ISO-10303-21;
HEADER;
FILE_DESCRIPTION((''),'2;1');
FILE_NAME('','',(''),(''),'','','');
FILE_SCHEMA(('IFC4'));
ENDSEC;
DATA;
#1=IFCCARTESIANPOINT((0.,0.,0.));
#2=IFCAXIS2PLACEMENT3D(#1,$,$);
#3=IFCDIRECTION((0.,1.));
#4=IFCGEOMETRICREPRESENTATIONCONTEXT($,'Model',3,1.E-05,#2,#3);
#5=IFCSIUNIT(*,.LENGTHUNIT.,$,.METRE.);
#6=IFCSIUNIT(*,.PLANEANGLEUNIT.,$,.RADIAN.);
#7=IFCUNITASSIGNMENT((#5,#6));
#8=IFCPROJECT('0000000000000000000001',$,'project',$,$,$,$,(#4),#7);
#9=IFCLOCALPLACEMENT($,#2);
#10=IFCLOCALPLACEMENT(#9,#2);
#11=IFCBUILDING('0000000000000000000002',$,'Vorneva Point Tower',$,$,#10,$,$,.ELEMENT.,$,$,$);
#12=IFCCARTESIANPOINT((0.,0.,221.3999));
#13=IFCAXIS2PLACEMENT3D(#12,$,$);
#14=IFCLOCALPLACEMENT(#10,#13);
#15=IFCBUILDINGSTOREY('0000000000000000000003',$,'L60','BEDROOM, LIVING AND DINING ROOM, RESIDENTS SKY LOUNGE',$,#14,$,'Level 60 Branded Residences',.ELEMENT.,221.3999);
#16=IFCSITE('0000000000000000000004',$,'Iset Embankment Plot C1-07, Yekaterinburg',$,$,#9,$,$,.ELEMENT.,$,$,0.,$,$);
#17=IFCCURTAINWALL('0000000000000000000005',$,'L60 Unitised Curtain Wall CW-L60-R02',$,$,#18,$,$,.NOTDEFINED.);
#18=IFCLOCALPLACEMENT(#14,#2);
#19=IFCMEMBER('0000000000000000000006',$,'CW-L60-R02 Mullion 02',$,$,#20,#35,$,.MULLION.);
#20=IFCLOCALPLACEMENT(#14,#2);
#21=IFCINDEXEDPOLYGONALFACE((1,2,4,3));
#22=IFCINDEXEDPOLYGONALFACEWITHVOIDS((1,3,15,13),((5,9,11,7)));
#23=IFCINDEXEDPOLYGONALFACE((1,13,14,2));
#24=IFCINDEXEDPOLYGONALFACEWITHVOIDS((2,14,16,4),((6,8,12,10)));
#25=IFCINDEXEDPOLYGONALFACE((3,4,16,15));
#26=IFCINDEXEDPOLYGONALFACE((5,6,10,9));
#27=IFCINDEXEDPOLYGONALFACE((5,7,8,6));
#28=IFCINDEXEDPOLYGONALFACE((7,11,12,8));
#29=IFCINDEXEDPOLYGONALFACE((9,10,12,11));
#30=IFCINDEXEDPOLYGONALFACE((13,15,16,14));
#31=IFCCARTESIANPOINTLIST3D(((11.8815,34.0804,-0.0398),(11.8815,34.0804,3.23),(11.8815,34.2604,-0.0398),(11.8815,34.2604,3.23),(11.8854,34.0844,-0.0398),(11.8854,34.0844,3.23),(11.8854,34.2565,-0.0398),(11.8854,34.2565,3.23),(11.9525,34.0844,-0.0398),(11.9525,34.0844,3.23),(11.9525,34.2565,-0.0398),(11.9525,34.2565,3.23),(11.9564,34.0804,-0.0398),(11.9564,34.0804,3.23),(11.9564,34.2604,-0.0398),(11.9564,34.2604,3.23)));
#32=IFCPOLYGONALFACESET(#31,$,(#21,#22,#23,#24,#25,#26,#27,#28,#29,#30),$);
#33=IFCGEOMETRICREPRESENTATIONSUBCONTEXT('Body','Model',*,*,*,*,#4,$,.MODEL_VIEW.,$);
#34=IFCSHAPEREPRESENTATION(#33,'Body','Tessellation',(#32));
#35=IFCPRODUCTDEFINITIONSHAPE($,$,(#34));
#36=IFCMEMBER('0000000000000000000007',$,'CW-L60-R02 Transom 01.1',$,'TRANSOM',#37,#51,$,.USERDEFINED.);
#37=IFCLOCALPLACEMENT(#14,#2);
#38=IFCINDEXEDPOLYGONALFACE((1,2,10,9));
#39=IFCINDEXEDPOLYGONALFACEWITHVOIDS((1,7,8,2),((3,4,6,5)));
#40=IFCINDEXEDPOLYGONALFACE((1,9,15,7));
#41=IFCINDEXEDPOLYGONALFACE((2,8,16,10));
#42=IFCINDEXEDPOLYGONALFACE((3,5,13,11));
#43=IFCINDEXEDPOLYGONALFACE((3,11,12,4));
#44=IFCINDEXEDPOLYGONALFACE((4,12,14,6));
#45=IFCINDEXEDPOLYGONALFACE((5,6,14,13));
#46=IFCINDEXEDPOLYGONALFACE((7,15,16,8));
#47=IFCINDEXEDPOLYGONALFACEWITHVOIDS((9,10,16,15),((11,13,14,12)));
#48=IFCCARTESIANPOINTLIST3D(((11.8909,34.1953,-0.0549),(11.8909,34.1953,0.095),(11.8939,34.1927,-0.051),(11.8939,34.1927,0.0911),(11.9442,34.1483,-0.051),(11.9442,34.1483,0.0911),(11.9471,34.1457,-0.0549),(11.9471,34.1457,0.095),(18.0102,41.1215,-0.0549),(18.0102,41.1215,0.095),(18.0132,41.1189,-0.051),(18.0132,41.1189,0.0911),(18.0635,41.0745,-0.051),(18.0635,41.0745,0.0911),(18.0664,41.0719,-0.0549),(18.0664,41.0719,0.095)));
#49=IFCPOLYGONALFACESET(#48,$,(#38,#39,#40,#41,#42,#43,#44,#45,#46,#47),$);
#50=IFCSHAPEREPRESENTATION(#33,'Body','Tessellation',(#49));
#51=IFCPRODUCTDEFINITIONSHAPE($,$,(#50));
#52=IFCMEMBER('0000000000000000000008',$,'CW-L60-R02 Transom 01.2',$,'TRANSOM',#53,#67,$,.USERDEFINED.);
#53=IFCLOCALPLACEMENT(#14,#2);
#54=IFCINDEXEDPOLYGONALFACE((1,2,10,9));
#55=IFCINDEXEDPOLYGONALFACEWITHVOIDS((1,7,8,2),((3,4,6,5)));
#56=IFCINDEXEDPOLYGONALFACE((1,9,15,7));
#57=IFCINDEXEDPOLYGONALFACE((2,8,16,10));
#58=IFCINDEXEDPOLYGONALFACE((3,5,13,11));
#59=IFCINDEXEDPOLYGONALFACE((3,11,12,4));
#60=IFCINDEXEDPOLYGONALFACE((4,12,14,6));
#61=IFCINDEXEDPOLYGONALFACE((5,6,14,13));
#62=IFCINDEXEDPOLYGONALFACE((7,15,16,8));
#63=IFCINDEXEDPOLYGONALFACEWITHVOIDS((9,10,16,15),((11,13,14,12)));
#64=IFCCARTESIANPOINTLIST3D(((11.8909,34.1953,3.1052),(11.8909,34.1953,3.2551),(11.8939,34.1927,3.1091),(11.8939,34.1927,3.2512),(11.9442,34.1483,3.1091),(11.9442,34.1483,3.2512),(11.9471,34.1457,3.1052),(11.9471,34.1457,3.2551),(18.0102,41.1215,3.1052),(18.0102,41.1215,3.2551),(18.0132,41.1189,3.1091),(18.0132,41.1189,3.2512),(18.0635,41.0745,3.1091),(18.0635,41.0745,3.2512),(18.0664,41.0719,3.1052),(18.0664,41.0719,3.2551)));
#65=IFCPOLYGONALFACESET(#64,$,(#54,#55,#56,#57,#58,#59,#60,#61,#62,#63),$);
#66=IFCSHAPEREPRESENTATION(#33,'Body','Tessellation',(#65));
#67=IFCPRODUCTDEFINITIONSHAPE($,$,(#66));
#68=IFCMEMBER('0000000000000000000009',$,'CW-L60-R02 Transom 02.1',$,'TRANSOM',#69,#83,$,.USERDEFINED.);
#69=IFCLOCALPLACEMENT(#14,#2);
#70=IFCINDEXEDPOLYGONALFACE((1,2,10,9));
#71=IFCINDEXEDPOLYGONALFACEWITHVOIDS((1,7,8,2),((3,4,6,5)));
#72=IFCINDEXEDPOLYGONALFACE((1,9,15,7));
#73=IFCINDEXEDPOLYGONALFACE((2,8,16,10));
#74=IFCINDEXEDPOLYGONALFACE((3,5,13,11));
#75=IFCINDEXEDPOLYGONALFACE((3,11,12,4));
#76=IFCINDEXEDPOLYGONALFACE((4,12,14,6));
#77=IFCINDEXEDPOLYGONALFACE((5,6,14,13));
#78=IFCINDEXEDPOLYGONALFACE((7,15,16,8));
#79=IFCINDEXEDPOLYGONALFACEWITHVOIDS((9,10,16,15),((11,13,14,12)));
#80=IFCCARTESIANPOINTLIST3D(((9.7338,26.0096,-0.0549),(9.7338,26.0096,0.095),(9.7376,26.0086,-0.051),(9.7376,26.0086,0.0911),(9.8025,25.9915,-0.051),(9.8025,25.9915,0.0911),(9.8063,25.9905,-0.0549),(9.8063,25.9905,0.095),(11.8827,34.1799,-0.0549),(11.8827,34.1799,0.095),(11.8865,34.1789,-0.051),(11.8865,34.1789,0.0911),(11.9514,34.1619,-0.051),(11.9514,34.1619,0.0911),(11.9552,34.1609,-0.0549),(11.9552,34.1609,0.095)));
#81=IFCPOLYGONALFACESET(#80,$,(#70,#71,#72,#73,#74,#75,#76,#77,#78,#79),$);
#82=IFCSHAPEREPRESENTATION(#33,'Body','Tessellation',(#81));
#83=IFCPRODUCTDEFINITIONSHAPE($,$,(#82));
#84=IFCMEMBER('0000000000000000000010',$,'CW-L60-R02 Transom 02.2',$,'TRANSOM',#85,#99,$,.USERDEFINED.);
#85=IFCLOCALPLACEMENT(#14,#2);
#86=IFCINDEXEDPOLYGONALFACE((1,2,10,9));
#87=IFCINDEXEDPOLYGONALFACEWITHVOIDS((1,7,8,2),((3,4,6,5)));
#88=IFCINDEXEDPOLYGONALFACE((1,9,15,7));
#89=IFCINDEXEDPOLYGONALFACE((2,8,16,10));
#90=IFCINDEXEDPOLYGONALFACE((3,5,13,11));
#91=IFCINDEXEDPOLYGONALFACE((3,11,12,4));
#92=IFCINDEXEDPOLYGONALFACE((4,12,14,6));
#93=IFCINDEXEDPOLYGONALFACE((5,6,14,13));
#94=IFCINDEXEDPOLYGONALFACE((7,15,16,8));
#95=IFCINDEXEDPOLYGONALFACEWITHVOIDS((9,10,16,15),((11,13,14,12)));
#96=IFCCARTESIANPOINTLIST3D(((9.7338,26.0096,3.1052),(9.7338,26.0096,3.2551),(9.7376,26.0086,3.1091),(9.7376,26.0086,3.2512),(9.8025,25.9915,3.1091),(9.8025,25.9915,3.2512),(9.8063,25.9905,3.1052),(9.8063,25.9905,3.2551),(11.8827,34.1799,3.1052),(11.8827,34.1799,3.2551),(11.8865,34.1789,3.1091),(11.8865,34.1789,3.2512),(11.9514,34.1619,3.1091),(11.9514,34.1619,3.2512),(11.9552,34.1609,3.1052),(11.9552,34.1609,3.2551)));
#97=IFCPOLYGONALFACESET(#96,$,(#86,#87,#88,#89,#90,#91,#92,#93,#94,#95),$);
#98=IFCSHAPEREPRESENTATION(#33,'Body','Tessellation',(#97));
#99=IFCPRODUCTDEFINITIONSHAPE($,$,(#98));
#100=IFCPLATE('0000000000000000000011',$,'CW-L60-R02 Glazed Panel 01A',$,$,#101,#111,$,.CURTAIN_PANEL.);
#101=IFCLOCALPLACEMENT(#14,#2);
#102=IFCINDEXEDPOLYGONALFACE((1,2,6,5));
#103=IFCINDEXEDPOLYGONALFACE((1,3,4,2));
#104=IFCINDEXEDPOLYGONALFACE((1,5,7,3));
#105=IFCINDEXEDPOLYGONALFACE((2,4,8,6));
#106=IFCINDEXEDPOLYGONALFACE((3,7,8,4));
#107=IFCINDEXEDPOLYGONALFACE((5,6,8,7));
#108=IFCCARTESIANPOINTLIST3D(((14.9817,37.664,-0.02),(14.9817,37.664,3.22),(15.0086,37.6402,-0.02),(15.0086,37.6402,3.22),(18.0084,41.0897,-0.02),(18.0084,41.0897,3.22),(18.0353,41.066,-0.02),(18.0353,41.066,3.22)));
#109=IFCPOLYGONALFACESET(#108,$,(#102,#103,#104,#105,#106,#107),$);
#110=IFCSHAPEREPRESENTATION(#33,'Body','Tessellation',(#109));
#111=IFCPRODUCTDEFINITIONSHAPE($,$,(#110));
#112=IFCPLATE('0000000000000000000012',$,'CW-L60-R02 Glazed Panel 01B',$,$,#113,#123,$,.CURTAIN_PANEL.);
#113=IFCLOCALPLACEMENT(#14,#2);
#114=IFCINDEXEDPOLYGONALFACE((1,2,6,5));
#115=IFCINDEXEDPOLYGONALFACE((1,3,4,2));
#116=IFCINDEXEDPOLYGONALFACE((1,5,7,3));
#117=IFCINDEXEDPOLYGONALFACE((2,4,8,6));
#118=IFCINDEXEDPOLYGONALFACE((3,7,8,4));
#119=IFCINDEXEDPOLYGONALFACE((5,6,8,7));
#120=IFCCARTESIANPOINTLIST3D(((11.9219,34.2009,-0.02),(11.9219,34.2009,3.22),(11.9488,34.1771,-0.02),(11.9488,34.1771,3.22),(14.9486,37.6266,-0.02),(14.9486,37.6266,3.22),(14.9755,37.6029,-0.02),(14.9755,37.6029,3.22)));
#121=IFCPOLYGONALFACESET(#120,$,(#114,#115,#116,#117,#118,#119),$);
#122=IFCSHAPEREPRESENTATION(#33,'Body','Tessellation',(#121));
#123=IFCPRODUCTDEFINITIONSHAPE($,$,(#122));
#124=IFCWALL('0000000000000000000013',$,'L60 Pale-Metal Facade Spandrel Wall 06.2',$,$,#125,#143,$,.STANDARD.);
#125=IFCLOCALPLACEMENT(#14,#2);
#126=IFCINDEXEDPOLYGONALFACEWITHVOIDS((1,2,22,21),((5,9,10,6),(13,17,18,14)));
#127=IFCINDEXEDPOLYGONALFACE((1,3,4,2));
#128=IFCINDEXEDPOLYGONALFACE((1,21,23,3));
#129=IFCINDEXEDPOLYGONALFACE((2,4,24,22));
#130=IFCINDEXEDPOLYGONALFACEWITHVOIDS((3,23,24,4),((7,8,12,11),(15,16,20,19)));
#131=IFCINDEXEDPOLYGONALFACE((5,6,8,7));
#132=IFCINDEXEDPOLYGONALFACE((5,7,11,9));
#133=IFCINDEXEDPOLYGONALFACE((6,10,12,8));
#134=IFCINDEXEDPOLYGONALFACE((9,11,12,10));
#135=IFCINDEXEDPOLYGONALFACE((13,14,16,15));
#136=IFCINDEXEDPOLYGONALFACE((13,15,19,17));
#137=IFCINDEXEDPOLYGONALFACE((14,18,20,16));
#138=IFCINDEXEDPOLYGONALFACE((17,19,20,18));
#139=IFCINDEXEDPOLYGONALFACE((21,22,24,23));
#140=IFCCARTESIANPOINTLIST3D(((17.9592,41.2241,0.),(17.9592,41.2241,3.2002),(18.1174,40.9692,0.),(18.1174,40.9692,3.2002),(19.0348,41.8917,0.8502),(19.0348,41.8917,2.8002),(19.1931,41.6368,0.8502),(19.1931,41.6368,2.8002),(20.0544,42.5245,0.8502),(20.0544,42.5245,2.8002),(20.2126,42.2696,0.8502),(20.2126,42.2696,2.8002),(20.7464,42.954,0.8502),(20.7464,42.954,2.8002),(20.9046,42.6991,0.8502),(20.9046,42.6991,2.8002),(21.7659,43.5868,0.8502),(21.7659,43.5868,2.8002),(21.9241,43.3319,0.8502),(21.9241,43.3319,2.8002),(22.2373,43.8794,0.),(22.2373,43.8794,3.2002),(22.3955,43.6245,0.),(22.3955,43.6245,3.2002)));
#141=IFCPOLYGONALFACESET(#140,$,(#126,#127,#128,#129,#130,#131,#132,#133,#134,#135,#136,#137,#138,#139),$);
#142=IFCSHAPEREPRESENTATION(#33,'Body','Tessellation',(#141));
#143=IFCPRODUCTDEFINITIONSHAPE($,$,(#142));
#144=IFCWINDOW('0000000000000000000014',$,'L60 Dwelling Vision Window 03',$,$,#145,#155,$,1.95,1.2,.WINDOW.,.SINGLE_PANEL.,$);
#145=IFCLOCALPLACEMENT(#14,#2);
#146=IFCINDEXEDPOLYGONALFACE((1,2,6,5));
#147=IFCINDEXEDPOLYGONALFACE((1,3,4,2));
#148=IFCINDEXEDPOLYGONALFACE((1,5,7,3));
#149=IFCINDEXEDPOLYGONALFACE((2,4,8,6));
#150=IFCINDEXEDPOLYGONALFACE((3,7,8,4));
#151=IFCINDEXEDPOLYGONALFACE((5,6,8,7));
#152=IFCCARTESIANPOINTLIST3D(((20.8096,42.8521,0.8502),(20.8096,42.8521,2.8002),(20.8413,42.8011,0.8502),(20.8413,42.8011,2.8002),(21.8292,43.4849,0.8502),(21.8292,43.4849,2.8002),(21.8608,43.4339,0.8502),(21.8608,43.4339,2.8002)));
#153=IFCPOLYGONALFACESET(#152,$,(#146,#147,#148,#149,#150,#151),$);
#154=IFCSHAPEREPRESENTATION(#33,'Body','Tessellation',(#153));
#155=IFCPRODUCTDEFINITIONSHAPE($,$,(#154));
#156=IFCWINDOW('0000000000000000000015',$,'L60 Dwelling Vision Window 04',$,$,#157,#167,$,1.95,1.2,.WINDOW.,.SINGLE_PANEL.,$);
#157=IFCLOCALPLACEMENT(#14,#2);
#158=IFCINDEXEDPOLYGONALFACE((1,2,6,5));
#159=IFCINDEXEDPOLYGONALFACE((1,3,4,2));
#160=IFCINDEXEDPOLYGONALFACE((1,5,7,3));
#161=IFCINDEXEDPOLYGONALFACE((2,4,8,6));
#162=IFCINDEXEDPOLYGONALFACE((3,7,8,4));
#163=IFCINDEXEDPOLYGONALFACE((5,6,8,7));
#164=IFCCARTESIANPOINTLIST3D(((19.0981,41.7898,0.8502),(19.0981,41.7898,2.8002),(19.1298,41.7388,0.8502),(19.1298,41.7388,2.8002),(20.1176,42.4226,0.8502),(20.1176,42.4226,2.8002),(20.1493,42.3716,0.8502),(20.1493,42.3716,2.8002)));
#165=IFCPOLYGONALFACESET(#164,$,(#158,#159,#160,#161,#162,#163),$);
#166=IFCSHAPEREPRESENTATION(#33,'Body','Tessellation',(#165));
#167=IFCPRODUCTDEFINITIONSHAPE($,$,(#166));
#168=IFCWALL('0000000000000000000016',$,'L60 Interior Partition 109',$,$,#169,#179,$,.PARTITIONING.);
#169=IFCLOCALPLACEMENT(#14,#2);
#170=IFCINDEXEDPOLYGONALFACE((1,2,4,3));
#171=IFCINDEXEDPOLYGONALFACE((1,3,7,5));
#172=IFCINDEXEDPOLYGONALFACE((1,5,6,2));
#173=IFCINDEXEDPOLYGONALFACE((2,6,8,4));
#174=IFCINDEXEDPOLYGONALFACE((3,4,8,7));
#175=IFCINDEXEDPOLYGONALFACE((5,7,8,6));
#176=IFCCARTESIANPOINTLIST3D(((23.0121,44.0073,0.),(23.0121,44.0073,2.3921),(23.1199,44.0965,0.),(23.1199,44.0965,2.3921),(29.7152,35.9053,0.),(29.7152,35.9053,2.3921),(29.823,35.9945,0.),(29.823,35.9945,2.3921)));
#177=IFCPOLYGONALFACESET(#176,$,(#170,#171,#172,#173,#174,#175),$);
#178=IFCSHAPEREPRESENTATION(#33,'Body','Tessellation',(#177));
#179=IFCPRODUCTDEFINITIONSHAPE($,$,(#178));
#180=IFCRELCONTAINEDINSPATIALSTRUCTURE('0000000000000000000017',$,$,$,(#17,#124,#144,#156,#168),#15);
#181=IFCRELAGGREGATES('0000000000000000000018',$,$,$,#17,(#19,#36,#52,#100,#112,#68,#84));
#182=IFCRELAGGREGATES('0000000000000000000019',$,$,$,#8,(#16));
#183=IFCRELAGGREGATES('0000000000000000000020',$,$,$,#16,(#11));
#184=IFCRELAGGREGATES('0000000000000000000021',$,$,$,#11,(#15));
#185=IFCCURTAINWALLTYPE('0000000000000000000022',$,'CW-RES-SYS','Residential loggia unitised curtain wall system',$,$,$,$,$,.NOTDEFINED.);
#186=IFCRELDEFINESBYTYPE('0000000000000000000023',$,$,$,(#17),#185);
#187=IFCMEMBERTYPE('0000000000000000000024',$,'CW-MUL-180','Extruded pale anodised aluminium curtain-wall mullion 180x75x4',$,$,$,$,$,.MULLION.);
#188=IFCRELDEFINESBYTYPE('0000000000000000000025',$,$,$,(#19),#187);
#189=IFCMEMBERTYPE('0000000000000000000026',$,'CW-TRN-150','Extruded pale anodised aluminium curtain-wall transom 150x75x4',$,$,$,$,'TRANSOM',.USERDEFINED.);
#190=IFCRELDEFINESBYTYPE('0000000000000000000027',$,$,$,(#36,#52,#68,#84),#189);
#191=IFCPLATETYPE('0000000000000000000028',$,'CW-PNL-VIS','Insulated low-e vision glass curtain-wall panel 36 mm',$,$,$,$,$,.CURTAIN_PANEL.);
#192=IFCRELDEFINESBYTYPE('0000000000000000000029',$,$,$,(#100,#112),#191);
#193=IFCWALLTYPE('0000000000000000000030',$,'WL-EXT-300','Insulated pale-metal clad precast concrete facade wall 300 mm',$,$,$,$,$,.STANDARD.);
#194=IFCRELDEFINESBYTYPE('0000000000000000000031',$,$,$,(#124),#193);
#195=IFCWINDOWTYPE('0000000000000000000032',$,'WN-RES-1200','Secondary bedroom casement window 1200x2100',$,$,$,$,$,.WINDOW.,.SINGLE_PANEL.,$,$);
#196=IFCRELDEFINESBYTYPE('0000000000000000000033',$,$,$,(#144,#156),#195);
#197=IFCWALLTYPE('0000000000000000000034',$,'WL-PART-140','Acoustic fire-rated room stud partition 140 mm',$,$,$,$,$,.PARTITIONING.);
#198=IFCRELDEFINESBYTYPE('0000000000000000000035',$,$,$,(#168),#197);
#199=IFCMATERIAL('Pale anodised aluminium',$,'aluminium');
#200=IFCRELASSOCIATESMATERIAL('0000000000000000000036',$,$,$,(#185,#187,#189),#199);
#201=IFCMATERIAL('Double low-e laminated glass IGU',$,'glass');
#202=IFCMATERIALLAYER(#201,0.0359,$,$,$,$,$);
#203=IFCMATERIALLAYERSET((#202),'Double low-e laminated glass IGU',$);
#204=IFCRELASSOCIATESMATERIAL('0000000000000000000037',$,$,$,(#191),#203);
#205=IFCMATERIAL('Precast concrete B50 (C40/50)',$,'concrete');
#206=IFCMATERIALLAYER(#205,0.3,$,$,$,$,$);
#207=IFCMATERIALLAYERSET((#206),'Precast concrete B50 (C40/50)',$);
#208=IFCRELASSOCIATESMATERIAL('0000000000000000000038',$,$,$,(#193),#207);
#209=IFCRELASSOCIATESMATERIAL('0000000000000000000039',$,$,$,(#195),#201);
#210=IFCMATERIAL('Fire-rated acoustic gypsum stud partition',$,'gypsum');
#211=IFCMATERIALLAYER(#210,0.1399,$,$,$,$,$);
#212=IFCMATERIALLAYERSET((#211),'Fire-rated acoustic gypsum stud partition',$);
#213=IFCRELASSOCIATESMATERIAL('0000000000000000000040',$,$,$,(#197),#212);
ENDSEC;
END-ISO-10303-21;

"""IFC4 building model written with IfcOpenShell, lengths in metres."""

from ifc_helpers import new_model, si_unit, direction, frame, frame_2d, origin, origin_2d, place, context, subcontext, project, spatial, rectangle, hollow_rectangle, extrude, material, layer, layer_set, material_profile, profile_set, type_object, element, fill, aggregate, save


model = new_model("IFC4")

# Units and contexts
model_context = context("Model", 3, precision=1e-05, world=origin(), true_north=direction((0.0, 1.0)))
body_context = subcontext(model_context, "Body", "Model", "MODEL_VIEW")
ifc_project = project(units=[si_unit("LENGTHUNIT", "METRE"), si_unit("PLANEANGLEUNIT", "RADIAN")], contexts=[model_context])

# Site, building, storey
site_placement = place(None, origin())
site = spatial("IfcSite", under=ifc_project, at=site_placement, Name="Iset Embankment Plot C1-07, Yekaterinburg", CompositionType="ELEMENT", RefElevation=0.0)
building_placement = place(site_placement, origin())
building = spatial("IfcBuilding", under=site, at=building_placement, Name="Vorneva Point Tower", CompositionType="ELEMENT")
storey_placement = place(building_placement, frame((0.0, 0.0, 221.3999)))
storey = spatial("IfcBuildingStorey", under=building, at=storey_placement, Name="L60", Description="BEDROOM, LIVING AND DINING ROOM, RESIDENTS SKY LOUNGE", LongName="Level 60 Branded Residences", CompositionType="ELEMENT", Elevation=221.3999)

# Curtain wall, members, plates
ifc_material_1 = material(Name="Pale anodised aluminium", Category="aluminium")
curtain_wall_type = type_object("IfcCurtainWallType", Name="CW-RES-SYS", Description="Residential loggia unitised curtain wall system", PredefinedType="NOTDEFINED", material=ifc_material_1)
curtain_wall_placement = place(storey_placement, origin())
curtain_wall = element("IfcCurtainWall", 1, at=curtain_wall_placement, inside=storey, type_object=curtain_wall_type, Name="L60 Unitised Curtain Wall CW-L60-R02", PredefinedType="NOTDEFINED")
ifc_material_profile_1 = material_profile(ifc_material_1, hollow_rectangle(XDim=0.075, YDim=0.1799, WallThickness=0.0039, at=origin_2d()), Name="AL-MUL 180x75x4")
ifc_profile_set_1 = profile_set([ifc_material_profile_1], Name="Pale anodised aluminium")
member_type_1 = type_object("IfcMemberType", Name="CW-MUL-180", Description="Extruded pale anodised aluminium curtain-wall mullion 180x75x4", PredefinedType="MULLION", material=ifc_profile_set_1)
member_1_placement = place(storey_placement, frame((11.9189, 34.1704, -0.0398), z_axis=(0.0, 0.0, 1.0), x_axis=(1.0, 0.0, 0.0)))
member_1 = element("IfcMember", 2, at=member_1_placement, type_object=member_type_1, Name="CW-L60-R02 Mullion 02", PredefinedType="MULLION", context=body_context, shape_type="SweptSolid", body=[
    extrude(hollow_rectangle(XDim=0.075, YDim=0.1799, WallThickness=0.0039, at=origin_2d()), origin(), (0.0, 0.0, 1.0), 3.2698),
])
ifc_material_profile_2 = material_profile(ifc_material_1, hollow_rectangle(XDim=0.075, YDim=0.1499, WallThickness=0.0039, at=origin_2d()), Name="AL-TRN 150x75x4")
ifc_profile_set_2 = profile_set([ifc_material_profile_2], Name="Pale anodised aluminium")
member_type_2 = type_object("IfcMemberType", Name="CW-TRN-150", Description="Extruded pale anodised aluminium curtain-wall transom 150x75x4", ElementType="TRANSOM", PredefinedType="USERDEFINED", material=ifc_profile_set_2)
member_2_placement = place(storey_placement, frame((18.0383, 41.0967, 0.02), z_axis=(-0.662106, -0.74941, 0.0), x_axis=(0.74941, -0.662106, 0.0)))
member_2 = element("IfcMember", 3, at=member_2_placement, type_object=member_type_2, Name="CW-L60-R02 Transom 01.1", ObjectType="TRANSOM", PredefinedType="USERDEFINED", context=body_context, shape_type="SweptSolid", body=[
    extrude(hollow_rectangle(XDim=0.075, YDim=0.1499, WallThickness=0.0039, at=origin_2d()), origin(), (0.0, 0.0, 1.0), 9.2422),
])
member_3_placement = place(storey_placement, frame((18.0383, 41.0967, 3.1802), z_axis=(-0.662106, -0.74941, 0.0), x_axis=(0.74941, -0.662106, 0.0)))
member_3 = element("IfcMember", 4, at=member_3_placement, type_object=member_type_2, Name="CW-L60-R02 Transom 01.2", ObjectType="TRANSOM", PredefinedType="USERDEFINED", context=body_context, shape_type="SweptSolid", body=[
    extrude(hollow_rectangle(XDim=0.075, YDim=0.1499, WallThickness=0.0039, at=origin_2d()), origin(), (0.0, 0.0, 1.0), 9.2422),
])
member_4_placement = place(storey_placement, frame((11.9189, 34.1704, 0.02), z_axis=(-0.254362, -0.967109, 0.0), x_axis=(0.967109, -0.254362, 0.0)))
member_4 = element("IfcMember", 5, at=member_4_placement, type_object=member_type_2, Name="CW-L60-R02 Transom 02.1", ObjectType="TRANSOM", PredefinedType="USERDEFINED", context=body_context, shape_type="SweptSolid", body=[
    extrude(hollow_rectangle(XDim=0.075, YDim=0.1499, WallThickness=0.0039, at=origin_2d()), origin(), (0.0, 0.0, 1.0), 8.4482),
])
member_5_placement = place(storey_placement, frame((11.9189, 34.1704, 3.1802), z_axis=(-0.254362, -0.967109, 0.0), x_axis=(0.967109, -0.254362, 0.0)))
member_5 = element("IfcMember", 6, at=member_5_placement, type_object=member_type_2, Name="CW-L60-R02 Transom 02.2", ObjectType="TRANSOM", PredefinedType="USERDEFINED", context=body_context, shape_type="SweptSolid", body=[
    extrude(hollow_rectangle(XDim=0.075, YDim=0.1499, WallThickness=0.0039, at=origin_2d()), origin(), (0.0, 0.0, 1.0), 8.4482),
])
ifc_material_2 = material(Name="Double low-e laminated glass IGU", Category="glass")
ifc_layer_1 = layer(ifc_material_2, 0.0359)
ifc_layer_set_1 = layer_set([ifc_layer_1], Name="Double low-e laminated glass IGU")
plate_type = type_object("IfcPlateType", Name="CW-PNL-VIS", Description="Insulated low-e vision glass curtain-wall panel 36 mm", PredefinedType="CURTAIN_PANEL", material=ifc_layer_set_1)
plate_1_placement = place(storey_placement, frame((16.5085, 39.365, -0.02), z_axis=(0.0, 0.0, 1.0), x_axis=(-0.66211, -0.749407, 0.0)))
plate_1 = element("IfcPlate", 7, at=plate_1_placement, type_object=plate_type, Name="CW-L60-R02 Glazed Panel 01A", PredefinedType="CURTAIN_PANEL", context=body_context, shape_type="SweptSolid", body=[
    extrude(rectangle(XDim=4.5713, YDim=0.0359, at=origin_2d()), origin(), (0.0, 0.0, 1.0), 3.24),
])
plate_2_placement = place(storey_placement, frame((13.4487, 35.9019, -0.02), z_axis=(0.0, 0.0, 1.0), x_axis=(-0.66211, -0.749407, 0.0)))
plate_2 = element("IfcPlate", 8, at=plate_2_placement, type_object=plate_type, Name="CW-L60-R02 Glazed Panel 01B", PredefinedType="CURTAIN_PANEL", context=body_context, shape_type="SweptSolid", body=[
    extrude(rectangle(XDim=4.5713, YDim=0.0359, at=origin_2d()), origin(), (0.0, 0.0, 1.0), 3.24),
])
aggregate(curtain_wall, [member_1, member_2, member_3, plate_1, plate_2, member_4, member_5])

# Wall, openings, windows
ifc_material_3 = material(Name="Precast concrete B50 (C40/50)", Category="concrete")
ifc_layer_2 = layer(ifc_material_3, 0.3)
ifc_layer_set_2 = layer_set([ifc_layer_2], Name="Precast concrete B50 (C40/50)")
wall_type_1 = type_object("IfcWallType", Name="WL-EXT-300", Description="Insulated pale-metal clad precast concrete facade wall 300 mm", PredefinedType="STANDARD", material=ifc_layer_set_2)
wall_1_placement = place(storey_placement, frame((22.3164, 43.752, 0.0), z_axis=(0.0, 0.0, 1.0), x_axis=(-0.849648, -0.527351, 0.0)))
wall_1 = element("IfcWall", 9, at=wall_1_placement, inside=storey, type_object=wall_type_1, Name="L60 Pale-Metal Facade Spandrel Wall 06.2", PredefinedType="STANDARD", context=body_context, shape_type="SweptSolid", body=[
    extrude(rectangle(XDim=5.0352, YDim=0.3, at=frame_2d((2.5176, 0.0))), origin(), (0.0, 0.0, 1.0), 3.2002),
])
opening_1_placement = place(wall_1_placement, frame((0.5547, 0.0, 0.8501)))
opening_1 = element("IfcOpeningElement", 10, at=opening_1_placement, cuts=wall_1, PredefinedType="OPENING", context=body_context, shape_type="SweptSolid", body=[
    extrude(rectangle(XDim=1.2, YDim=1.95, at=frame_2d((0.6001, 0.9751))), frame((0.0, 0.165, 0.0), z_axis=(0.0, -1.0, 0.0), x_axis=(1.0, 0.0, 0.0)), (0.0, 0.0, 1.0), 0.3298),
])
opening_2_placement = place(wall_1_placement, frame((2.5691, 0.0, 0.8501)))
opening_2 = element("IfcOpeningElement", 11, at=opening_2_placement, cuts=wall_1, PredefinedType="OPENING", context=body_context, shape_type="SweptSolid", body=[
    extrude(rectangle(XDim=1.2, YDim=1.95, at=frame_2d((0.6001, 0.9751))), frame((0.0, 0.165, 0.0), z_axis=(0.0, -1.0, 0.0), x_axis=(1.0, 0.0, 0.0)), (0.0, 0.0, 1.0), 0.3298),
])
window_type = type_object("IfcWindowType", Name="WN-RES-1200", Description="Secondary bedroom casement window 1200x2100", PartitioningType="SINGLE_PANEL", PredefinedType="WINDOW", material=ifc_material_2)
window_1_placement = place(opening_1_placement, origin())
window_1 = element("IfcWindow", 12, at=window_1_placement, inside=storey, type_object=window_type, Name="L60 Dwelling Vision Window 03", OverallHeight=1.95, OverallWidth=1.2, PartitioningType="SINGLE_PANEL", PredefinedType="WINDOW", context=body_context, shape_type="SweptSolid", body=[
    extrude(rectangle(XDim=1.2, YDim=1.95, at=frame_2d((0.6001, 0.9751))), frame((0.0, 0.03, 0.0), z_axis=(0.0, -1.0, 0.0), x_axis=(1.0, 0.0, 0.0)), (0.0, 0.0, 1.0), 0.0601),
])
fill(opening_1, window_1)
window_2_placement = place(opening_2_placement, origin())
window_2 = element("IfcWindow", 13, at=window_2_placement, inside=storey, type_object=window_type, Name="L60 Dwelling Vision Window 04", OverallHeight=1.95, OverallWidth=1.2, PartitioningType="SINGLE_PANEL", PredefinedType="WINDOW", context=body_context, shape_type="SweptSolid", body=[
    extrude(rectangle(XDim=1.2, YDim=1.95, at=frame_2d((0.6001, 0.9751))), frame((0.0, 0.03, 0.0), z_axis=(0.0, -1.0, 0.0), x_axis=(1.0, 0.0, 0.0)), (0.0, 0.0, 1.0), 0.0601),
])
fill(opening_2, window_2)

# Wall
ifc_material_4 = material(Name="Fire-rated acoustic gypsum stud partition", Category="gypsum")
ifc_layer_3 = layer(ifc_material_4, 0.1399)
ifc_layer_set_3 = layer_set([ifc_layer_3], Name="Fire-rated acoustic gypsum stud partition")
wall_type_2 = type_object("IfcWallType", Name="WL-PART-140", Description="Acoustic fire-rated room stud partition 140 mm", PredefinedType="PARTITIONING", material=ifc_layer_set_3)
wall_2_placement = place(storey_placement, frame((23.0659, 44.052, 0.0), z_axis=(0.0, 0.0, 1.0), x_axis=(0.637454, -0.770489, 0.0)))
element("IfcWall", 14, at=wall_2_placement, inside=storey, type_object=wall_type_2, Name="L60 Interior Partition 109", PredefinedType="PARTITIONING", context=body_context, shape_type="SweptSolid", body=[
    extrude(rectangle(XDim=10.5154, YDim=0.1399, at=frame_2d((5.2578, 0.0))), origin(), (0.0, 0.0, 1.0), 2.3921),
])

save(model, "model.ifc")
